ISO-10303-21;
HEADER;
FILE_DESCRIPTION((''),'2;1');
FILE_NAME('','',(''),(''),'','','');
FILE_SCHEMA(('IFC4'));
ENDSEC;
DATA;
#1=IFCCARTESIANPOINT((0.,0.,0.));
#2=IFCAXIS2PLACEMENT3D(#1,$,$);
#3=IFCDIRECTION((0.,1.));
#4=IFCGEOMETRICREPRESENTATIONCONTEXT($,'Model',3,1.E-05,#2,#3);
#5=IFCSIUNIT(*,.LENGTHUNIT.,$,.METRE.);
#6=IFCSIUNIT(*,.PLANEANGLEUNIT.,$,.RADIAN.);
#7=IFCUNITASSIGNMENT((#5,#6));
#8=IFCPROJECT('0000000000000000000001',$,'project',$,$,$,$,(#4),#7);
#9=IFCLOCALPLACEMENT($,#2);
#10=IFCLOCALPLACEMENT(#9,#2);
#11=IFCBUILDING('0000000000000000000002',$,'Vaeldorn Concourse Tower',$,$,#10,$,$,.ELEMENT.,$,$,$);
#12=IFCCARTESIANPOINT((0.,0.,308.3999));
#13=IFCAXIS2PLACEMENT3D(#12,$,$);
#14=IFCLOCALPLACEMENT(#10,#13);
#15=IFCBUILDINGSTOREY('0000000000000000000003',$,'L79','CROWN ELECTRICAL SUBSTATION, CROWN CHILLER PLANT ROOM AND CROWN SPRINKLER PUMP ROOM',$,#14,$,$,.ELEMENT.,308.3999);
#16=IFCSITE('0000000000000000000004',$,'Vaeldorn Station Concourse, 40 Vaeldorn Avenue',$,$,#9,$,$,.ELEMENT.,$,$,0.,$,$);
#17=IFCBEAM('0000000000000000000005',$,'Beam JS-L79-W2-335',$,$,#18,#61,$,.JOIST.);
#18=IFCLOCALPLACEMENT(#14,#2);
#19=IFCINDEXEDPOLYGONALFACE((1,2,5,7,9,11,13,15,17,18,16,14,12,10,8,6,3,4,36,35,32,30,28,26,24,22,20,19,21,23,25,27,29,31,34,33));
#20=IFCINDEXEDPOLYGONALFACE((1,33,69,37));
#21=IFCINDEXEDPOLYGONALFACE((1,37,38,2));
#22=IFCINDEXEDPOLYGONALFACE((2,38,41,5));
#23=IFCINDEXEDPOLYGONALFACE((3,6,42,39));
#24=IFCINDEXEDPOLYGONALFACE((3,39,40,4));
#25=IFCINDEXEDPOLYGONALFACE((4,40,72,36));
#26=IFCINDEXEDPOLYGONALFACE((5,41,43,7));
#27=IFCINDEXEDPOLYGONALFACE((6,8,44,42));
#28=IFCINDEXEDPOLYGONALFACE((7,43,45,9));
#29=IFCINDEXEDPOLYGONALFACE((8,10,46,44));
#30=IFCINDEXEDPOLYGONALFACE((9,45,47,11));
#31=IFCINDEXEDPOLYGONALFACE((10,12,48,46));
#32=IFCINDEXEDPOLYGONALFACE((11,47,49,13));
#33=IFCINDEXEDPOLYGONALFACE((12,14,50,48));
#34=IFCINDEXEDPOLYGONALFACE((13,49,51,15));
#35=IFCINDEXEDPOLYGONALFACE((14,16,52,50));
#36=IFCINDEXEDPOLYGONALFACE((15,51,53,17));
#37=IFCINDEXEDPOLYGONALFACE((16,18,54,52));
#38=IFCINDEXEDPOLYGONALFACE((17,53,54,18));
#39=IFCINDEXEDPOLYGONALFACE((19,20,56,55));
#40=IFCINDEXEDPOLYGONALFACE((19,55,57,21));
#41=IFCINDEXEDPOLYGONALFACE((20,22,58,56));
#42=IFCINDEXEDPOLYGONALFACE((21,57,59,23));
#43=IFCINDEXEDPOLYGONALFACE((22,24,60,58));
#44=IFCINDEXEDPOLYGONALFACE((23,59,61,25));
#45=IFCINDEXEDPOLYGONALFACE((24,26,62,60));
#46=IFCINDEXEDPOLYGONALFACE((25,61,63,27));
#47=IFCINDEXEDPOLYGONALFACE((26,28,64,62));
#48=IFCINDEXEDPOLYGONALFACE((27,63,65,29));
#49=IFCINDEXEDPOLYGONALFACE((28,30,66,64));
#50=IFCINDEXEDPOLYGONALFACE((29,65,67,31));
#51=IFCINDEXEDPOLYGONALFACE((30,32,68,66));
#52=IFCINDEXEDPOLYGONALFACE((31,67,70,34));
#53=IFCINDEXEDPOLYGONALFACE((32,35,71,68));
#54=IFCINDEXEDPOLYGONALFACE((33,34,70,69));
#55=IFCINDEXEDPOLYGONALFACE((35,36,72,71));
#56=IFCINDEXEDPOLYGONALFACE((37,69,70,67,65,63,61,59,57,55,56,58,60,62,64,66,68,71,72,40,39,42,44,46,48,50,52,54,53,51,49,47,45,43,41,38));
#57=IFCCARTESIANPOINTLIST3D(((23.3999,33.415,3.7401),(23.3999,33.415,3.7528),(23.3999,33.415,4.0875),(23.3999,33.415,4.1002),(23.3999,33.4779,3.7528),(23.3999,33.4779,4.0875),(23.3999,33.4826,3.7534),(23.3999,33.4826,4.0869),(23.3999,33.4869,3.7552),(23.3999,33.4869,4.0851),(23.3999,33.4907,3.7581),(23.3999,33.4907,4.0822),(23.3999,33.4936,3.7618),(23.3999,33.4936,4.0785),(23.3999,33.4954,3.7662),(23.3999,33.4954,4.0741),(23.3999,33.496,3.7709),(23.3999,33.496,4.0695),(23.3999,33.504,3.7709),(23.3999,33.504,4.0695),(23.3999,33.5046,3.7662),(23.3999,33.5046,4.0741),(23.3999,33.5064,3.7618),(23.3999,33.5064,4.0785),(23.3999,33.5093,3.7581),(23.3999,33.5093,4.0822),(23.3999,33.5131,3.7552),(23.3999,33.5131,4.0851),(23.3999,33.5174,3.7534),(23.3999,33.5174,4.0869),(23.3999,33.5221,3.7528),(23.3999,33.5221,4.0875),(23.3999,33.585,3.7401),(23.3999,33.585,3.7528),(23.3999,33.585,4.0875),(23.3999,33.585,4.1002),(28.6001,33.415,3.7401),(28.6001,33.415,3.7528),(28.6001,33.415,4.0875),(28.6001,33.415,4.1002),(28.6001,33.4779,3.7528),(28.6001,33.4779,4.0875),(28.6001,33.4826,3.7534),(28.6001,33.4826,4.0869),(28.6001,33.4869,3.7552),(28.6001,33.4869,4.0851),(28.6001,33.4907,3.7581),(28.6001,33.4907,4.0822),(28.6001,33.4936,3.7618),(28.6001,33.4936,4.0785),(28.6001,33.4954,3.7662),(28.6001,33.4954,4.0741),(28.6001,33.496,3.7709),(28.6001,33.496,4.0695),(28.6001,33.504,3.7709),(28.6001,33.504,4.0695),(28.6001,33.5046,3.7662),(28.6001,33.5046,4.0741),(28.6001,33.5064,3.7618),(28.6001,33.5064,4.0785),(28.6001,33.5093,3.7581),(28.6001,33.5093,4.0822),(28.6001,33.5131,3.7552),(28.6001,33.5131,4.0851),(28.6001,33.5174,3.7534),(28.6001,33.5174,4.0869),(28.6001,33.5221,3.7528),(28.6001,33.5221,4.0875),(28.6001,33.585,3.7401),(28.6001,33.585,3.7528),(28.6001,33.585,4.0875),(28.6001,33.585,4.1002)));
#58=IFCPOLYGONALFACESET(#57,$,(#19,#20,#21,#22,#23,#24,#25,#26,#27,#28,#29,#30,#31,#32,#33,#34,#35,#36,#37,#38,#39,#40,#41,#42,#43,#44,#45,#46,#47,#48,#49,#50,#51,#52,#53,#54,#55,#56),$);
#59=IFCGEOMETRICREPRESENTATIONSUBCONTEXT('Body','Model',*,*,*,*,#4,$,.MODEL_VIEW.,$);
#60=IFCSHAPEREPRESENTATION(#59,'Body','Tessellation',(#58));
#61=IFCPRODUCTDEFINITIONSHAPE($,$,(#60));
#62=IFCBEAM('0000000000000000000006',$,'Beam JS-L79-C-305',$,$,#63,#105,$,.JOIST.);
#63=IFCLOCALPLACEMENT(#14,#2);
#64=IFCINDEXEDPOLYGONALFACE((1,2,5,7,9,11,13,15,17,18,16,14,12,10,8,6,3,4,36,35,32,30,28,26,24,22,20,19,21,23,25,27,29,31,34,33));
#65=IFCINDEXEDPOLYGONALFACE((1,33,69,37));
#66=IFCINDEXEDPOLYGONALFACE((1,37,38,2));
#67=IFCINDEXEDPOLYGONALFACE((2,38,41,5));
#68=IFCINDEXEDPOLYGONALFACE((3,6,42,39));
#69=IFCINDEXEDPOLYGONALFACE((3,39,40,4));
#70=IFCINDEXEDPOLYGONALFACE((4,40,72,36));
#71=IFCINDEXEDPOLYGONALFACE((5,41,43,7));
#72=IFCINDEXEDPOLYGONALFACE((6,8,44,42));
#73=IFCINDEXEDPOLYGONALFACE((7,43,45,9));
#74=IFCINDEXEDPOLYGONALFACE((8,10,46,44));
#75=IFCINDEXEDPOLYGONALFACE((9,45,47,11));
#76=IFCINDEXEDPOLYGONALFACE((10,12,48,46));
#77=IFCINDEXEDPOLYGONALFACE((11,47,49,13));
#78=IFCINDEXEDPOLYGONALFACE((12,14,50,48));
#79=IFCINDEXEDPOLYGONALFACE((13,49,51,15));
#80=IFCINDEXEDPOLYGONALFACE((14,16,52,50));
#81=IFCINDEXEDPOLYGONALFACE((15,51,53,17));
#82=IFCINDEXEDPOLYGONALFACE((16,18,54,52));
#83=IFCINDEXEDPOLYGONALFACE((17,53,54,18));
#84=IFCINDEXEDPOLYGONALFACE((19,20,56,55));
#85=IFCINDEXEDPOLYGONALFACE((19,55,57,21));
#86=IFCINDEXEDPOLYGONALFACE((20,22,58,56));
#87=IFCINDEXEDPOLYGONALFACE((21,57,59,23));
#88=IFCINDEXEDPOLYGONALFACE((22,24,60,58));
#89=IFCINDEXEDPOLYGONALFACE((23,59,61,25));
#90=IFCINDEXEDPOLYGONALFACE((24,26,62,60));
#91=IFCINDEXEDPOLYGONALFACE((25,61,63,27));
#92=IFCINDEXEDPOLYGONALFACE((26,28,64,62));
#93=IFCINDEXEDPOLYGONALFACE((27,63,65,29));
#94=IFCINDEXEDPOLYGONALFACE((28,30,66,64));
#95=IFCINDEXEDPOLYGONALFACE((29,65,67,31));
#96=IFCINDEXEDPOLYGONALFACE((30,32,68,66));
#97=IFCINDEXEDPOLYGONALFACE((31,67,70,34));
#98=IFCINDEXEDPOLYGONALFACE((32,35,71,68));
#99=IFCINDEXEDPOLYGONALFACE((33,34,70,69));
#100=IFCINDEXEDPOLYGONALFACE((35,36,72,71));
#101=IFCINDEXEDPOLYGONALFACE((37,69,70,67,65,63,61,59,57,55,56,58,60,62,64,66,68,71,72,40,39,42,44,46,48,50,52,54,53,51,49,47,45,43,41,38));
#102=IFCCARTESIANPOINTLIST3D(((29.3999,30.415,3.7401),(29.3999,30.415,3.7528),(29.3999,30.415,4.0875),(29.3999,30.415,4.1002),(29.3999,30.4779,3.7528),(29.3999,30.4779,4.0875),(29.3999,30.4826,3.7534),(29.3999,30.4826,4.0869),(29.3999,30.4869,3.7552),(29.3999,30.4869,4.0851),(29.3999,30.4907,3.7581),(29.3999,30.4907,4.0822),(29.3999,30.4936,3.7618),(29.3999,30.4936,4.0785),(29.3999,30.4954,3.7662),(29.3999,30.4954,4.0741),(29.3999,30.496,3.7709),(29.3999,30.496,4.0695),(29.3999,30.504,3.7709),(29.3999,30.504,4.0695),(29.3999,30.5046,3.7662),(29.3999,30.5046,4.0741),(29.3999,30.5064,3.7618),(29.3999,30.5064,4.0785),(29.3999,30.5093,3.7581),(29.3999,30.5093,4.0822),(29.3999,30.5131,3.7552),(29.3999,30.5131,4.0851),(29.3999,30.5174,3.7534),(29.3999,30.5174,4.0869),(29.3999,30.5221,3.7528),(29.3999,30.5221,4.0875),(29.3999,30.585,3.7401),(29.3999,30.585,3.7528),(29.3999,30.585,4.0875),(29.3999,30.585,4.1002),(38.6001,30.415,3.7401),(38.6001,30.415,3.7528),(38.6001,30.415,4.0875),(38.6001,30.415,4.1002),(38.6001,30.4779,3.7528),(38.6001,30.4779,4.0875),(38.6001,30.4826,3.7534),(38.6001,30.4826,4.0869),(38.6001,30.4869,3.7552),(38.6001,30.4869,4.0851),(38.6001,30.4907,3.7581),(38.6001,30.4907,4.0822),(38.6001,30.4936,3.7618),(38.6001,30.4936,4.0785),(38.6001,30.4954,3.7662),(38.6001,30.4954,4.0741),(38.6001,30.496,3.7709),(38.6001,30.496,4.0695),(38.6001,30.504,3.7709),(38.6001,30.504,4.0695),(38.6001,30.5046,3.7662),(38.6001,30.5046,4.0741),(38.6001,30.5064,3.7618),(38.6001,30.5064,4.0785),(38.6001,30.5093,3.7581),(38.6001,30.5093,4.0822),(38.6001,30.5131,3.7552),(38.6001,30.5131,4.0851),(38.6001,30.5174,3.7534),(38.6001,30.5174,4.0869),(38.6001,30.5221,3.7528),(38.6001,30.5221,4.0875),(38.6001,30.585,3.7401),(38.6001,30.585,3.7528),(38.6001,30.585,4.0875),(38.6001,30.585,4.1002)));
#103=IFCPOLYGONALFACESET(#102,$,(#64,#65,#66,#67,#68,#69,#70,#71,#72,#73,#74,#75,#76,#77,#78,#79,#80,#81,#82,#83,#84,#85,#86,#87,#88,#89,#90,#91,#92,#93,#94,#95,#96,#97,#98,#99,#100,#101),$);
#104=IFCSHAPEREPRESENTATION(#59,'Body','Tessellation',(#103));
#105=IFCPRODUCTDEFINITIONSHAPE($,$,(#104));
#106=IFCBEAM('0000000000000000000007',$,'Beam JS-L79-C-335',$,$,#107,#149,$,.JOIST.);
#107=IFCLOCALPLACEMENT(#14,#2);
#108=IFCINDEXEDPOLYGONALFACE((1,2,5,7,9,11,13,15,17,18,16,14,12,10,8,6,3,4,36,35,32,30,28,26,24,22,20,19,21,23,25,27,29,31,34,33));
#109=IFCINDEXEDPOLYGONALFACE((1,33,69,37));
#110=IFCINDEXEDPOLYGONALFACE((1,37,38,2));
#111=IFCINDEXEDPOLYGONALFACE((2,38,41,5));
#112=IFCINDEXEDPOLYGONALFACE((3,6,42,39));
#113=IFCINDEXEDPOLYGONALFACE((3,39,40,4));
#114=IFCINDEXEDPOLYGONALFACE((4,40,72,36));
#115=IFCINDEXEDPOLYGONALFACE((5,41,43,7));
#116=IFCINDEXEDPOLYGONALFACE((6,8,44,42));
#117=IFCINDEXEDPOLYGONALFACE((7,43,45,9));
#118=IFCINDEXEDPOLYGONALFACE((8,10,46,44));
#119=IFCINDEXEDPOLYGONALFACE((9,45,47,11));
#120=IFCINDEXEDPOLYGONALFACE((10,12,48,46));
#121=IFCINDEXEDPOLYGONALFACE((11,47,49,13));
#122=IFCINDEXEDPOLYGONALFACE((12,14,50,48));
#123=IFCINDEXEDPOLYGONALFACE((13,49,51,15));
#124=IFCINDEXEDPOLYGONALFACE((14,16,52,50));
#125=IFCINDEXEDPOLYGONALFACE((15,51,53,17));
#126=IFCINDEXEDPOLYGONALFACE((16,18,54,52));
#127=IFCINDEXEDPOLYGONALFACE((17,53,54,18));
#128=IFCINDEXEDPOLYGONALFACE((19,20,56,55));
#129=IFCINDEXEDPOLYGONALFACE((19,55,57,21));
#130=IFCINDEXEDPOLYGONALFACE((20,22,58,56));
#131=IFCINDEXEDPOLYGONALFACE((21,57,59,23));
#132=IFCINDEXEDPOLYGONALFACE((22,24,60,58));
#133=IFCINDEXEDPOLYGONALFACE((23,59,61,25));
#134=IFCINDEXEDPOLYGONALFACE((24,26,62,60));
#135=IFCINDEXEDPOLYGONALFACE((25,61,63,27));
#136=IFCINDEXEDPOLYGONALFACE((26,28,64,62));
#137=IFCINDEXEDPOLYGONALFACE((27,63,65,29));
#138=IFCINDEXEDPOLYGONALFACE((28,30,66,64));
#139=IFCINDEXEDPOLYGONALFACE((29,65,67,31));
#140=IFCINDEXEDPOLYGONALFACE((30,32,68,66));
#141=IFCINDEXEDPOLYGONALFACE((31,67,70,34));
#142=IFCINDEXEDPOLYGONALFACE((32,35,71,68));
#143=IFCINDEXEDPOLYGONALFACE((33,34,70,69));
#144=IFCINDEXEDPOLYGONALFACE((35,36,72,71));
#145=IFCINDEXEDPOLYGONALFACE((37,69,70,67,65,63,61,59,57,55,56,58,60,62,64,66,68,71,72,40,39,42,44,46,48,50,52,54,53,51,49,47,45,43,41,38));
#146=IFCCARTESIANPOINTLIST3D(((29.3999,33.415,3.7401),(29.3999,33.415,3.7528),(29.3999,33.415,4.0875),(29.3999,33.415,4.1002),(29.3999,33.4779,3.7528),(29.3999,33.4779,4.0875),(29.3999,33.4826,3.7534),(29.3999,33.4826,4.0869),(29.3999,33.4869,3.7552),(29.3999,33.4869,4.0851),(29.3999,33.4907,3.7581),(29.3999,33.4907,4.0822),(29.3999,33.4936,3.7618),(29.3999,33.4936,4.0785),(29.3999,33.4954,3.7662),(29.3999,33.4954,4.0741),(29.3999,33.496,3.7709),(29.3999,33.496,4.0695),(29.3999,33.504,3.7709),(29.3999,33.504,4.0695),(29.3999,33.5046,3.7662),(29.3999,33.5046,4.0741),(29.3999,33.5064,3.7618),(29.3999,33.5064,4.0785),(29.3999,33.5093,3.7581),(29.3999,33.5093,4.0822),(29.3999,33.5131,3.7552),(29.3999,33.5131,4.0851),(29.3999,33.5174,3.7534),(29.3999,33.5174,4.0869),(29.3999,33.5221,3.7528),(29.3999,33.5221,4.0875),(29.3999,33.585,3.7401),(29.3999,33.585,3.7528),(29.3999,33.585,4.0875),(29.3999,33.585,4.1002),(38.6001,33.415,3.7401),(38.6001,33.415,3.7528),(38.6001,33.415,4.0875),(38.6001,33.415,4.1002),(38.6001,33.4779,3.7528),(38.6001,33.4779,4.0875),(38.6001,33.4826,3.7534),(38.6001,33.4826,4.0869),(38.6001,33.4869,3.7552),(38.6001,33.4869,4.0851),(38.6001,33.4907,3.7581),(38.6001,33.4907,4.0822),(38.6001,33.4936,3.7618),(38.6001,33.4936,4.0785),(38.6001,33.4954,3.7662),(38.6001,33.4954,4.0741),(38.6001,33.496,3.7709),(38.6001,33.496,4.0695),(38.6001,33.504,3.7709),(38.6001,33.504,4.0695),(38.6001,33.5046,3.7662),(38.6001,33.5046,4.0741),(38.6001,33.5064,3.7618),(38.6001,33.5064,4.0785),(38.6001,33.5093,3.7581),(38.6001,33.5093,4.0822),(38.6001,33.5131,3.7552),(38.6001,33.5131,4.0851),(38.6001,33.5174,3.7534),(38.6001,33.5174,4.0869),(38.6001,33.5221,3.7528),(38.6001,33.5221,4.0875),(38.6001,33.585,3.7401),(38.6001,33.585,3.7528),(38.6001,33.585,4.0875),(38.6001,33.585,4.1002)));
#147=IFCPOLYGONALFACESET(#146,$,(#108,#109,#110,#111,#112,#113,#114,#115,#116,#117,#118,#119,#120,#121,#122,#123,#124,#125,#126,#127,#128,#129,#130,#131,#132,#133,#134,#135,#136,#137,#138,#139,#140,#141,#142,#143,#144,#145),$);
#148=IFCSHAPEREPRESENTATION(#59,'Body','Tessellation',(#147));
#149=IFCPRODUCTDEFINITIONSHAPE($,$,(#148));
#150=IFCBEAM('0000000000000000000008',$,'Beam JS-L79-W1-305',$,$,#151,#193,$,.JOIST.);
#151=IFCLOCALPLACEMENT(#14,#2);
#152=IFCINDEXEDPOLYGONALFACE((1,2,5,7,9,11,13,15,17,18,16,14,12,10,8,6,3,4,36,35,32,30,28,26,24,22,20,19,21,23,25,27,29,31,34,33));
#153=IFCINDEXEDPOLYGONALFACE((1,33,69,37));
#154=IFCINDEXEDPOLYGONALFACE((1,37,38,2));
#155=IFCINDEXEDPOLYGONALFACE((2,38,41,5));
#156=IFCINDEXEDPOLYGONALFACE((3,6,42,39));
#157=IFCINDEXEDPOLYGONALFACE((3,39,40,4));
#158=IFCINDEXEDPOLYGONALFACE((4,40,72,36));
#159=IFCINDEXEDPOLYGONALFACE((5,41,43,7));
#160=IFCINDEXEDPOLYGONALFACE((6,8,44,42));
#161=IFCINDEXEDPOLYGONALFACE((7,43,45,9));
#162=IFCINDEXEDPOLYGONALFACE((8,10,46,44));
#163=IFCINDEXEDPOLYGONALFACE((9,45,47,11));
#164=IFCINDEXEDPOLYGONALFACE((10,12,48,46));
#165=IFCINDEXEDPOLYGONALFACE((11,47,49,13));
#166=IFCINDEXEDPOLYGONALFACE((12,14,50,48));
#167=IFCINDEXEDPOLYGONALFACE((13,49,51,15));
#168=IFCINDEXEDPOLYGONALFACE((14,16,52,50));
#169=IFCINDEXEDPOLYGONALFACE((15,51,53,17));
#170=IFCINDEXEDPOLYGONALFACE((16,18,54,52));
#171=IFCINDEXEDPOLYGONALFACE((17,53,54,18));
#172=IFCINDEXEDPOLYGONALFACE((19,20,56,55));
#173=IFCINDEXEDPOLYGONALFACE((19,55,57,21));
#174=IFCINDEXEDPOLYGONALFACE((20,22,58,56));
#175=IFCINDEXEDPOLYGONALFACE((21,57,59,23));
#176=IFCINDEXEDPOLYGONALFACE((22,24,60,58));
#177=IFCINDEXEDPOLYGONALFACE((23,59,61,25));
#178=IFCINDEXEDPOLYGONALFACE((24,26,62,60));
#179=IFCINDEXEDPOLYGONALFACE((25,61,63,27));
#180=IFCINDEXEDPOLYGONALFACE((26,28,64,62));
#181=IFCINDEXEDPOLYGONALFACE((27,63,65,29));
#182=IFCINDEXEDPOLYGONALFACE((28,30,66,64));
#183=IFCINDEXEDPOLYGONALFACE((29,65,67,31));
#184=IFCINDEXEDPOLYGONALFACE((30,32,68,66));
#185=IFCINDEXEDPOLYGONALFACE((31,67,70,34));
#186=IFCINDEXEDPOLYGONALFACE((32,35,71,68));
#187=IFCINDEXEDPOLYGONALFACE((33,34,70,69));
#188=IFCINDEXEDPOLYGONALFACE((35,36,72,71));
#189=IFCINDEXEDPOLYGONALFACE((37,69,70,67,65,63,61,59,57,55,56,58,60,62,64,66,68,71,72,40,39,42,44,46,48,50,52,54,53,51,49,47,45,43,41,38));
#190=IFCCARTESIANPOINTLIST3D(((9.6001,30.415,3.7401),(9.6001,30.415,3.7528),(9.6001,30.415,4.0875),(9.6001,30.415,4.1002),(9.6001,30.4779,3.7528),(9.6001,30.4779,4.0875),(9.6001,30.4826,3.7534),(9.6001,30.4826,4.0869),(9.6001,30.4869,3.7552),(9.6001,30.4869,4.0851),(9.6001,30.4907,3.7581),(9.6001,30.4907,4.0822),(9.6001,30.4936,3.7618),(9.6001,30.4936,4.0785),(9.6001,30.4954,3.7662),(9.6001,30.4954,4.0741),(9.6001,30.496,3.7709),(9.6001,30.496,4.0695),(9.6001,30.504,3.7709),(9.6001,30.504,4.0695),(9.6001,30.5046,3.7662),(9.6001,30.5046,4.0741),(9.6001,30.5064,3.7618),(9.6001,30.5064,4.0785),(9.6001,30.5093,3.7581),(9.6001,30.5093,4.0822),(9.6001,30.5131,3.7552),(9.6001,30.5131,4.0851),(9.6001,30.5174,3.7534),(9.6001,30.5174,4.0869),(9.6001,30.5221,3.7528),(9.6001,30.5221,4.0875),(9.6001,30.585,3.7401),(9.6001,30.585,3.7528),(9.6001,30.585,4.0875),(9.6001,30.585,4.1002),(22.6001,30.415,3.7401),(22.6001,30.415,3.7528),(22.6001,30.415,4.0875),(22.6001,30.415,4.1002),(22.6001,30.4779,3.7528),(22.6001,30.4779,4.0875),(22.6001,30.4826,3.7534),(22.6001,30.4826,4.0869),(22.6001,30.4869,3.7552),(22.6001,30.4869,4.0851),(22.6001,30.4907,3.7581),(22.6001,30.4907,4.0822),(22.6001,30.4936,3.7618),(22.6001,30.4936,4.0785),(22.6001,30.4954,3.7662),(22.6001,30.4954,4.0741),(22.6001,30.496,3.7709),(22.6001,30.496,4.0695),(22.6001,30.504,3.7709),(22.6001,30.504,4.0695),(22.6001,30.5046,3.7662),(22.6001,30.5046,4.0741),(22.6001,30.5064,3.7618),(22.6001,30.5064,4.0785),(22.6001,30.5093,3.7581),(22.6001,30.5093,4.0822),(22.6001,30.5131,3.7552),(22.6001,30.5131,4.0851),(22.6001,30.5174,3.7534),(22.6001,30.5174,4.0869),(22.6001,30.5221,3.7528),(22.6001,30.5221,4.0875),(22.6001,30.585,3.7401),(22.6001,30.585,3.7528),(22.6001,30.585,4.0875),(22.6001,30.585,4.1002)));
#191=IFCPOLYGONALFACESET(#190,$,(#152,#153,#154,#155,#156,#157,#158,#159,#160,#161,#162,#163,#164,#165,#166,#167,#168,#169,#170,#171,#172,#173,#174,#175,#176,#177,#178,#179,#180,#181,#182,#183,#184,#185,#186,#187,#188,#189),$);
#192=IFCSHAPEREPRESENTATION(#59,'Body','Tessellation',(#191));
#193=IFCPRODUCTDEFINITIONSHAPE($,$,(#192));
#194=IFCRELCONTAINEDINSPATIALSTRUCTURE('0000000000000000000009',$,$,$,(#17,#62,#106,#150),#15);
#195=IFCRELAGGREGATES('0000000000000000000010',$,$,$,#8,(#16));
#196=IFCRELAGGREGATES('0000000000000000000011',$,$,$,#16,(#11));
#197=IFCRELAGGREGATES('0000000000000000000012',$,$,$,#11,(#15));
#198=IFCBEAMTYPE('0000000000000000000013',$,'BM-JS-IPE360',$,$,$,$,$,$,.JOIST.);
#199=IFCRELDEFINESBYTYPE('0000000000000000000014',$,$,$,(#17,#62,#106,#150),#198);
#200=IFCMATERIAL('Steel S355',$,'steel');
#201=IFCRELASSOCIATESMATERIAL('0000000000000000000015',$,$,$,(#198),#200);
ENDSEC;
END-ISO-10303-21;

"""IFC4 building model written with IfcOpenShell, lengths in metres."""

from ifc_helpers import new_model, si_unit, direction, frame, origin, origin_2d, place, context, subcontext, project, spatial, i_section, extrude, source, transform, mapped, material, material_profile, profile_set, type_object, element, save


model = new_model("IFC4")

# Units and contexts
model_context = context("Model", 3, precision=1e-05, world=origin(), true_north=direction((0.0, 1.0)))
body_context = subcontext(model_context, "Body", "Model", "MODEL_VIEW")
ifc_project = project(units=[si_unit("LENGTHUNIT", "METRE"), si_unit("PLANEANGLEUNIT", "RADIAN")], contexts=[model_context])

# Site, building, storey
site_placement = place(None, origin())
site = spatial("IfcSite", under=ifc_project, at=site_placement, Name="Vaeldorn Station Concourse, 40 Vaeldorn Avenue", CompositionType="ELEMENT", RefElevation=0.0)
building_placement = place(site_placement, origin())
building = spatial("IfcBuilding", under=site, at=building_placement, Name="Vaeldorn Concourse Tower", CompositionType="ELEMENT")
storey_placement = place(building_placement, frame((0.0, 0.0, 308.3999)))
storey = spatial("IfcBuildingStorey", under=building, at=storey_placement, Name="L79", Description="CROWN ELECTRICAL SUBSTATION, CROWN CHILLER PLANT ROOM AND CROWN SPRINKLER PUMP ROOM", CompositionType="ELEMENT", Elevation=308.3999)

# Shared definitions
ifc_material_1 = material(Name="Steel S355", Category="steel")

# Beams
ifc_material_profile_1 = material_profile(ifc_material_1, i_section(OverallWidth=0.1699, OverallDepth=0.3601, WebThickness=0.0081, FlangeThickness=0.0127, FilletRadius=0.0181, at=origin_2d()), Name="IPE 360")
ifc_profile_set_1 = profile_set([ifc_material_profile_1], Name="Steel S355")
beam_type_1 = type_object("IfcBeamType", Name="BM-JS-IPE360", PredefinedType="JOIST", material=ifc_profile_set_1)
shared_shape_1 = source(origin(), body_context, "Body", "SweptSolid", [
    extrude(i_section(OverallWidth=0.1699, OverallDepth=0.3601, WebThickness=0.0081, FlangeThickness=0.0127, FilletRadius=0.0181, at=origin_2d()), origin(), (0.0, 0.0, 1.0), 5.2002),
])
for number, where, z_axis, x_axis, name in (
    (1, (23.3999, 33.5, 3.9202), (1.0, 0.0, 0.0), (0.0, 1.0, 0.0), "Beam JS-L79-W2-335"),
):
    element("IfcBeam", number, at=place(storey_placement, frame(where, z_axis=z_axis, x_axis=x_axis)), inside=storey, type_object=beam_type_1, Name=name, PredefinedType="JOIST", context=body_context, shape_type="MappedRepresentation", body=[
        mapped(shared_shape_1, transform((0.0, 0.0, 0.0), scale=1.0)),
    ])
shared_shape_2 = source(origin(), body_context, "Body", "SweptSolid", [
    extrude(i_section(OverallWidth=0.1699, OverallDepth=0.3601, WebThickness=0.0081, FlangeThickness=0.0127, FilletRadius=0.0181, at=origin_2d()), origin(), (0.0, 0.0, 1.0), 9.2002),
])
for number, where, z_axis, x_axis, name in (
    (2, (29.3999, 30.5, 3.9202), (1.0, 0.0, 0.0), (0.0, 1.0, 0.0), "Beam JS-L79-C-305"),
    (3, (29.3999, 33.5, 3.9202), (1.0, 0.0, 0.0), (0.0, 1.0, 0.0), "Beam JS-L79-C-335"),
):
    element("IfcBeam", number, at=place(storey_placement, frame(where, z_axis=z_axis, x_axis=x_axis)), inside=storey, type_object=beam_type_1, Name=name, PredefinedType="JOIST", context=body_context, shape_type="MappedRepresentation", body=[
        mapped(shared_shape_2, transform((0.0, 0.0, 0.0), scale=1.0)),
    ])
shared_shape_3 = source(origin(), body_context, "Body", "SweptSolid", [
    extrude(i_section(OverallWidth=0.1699, OverallDepth=0.3601, WebThickness=0.0081, FlangeThickness=0.0127, FilletRadius=0.0181, at=origin_2d()), origin(), (0.0, 0.0, 1.0), 13.0),
])
beam_1_placement = place(storey_placement, frame((9.6001, 30.5, 3.9202), z_axis=(1.0, 0.0, 0.0), x_axis=(0.0, 1.0, 0.0)))
element("IfcBeam", 4, at=beam_1_placement, inside=storey, type_object=beam_type_1, Name="Beam JS-L79-W1-305", PredefinedType="JOIST", context=body_context, shape_type="MappedRepresentation", body=[
    mapped(shared_shape_3, transform((0.0, 0.0, 0.0), scale=1.0)),
])

save(model, "model.ifc")
